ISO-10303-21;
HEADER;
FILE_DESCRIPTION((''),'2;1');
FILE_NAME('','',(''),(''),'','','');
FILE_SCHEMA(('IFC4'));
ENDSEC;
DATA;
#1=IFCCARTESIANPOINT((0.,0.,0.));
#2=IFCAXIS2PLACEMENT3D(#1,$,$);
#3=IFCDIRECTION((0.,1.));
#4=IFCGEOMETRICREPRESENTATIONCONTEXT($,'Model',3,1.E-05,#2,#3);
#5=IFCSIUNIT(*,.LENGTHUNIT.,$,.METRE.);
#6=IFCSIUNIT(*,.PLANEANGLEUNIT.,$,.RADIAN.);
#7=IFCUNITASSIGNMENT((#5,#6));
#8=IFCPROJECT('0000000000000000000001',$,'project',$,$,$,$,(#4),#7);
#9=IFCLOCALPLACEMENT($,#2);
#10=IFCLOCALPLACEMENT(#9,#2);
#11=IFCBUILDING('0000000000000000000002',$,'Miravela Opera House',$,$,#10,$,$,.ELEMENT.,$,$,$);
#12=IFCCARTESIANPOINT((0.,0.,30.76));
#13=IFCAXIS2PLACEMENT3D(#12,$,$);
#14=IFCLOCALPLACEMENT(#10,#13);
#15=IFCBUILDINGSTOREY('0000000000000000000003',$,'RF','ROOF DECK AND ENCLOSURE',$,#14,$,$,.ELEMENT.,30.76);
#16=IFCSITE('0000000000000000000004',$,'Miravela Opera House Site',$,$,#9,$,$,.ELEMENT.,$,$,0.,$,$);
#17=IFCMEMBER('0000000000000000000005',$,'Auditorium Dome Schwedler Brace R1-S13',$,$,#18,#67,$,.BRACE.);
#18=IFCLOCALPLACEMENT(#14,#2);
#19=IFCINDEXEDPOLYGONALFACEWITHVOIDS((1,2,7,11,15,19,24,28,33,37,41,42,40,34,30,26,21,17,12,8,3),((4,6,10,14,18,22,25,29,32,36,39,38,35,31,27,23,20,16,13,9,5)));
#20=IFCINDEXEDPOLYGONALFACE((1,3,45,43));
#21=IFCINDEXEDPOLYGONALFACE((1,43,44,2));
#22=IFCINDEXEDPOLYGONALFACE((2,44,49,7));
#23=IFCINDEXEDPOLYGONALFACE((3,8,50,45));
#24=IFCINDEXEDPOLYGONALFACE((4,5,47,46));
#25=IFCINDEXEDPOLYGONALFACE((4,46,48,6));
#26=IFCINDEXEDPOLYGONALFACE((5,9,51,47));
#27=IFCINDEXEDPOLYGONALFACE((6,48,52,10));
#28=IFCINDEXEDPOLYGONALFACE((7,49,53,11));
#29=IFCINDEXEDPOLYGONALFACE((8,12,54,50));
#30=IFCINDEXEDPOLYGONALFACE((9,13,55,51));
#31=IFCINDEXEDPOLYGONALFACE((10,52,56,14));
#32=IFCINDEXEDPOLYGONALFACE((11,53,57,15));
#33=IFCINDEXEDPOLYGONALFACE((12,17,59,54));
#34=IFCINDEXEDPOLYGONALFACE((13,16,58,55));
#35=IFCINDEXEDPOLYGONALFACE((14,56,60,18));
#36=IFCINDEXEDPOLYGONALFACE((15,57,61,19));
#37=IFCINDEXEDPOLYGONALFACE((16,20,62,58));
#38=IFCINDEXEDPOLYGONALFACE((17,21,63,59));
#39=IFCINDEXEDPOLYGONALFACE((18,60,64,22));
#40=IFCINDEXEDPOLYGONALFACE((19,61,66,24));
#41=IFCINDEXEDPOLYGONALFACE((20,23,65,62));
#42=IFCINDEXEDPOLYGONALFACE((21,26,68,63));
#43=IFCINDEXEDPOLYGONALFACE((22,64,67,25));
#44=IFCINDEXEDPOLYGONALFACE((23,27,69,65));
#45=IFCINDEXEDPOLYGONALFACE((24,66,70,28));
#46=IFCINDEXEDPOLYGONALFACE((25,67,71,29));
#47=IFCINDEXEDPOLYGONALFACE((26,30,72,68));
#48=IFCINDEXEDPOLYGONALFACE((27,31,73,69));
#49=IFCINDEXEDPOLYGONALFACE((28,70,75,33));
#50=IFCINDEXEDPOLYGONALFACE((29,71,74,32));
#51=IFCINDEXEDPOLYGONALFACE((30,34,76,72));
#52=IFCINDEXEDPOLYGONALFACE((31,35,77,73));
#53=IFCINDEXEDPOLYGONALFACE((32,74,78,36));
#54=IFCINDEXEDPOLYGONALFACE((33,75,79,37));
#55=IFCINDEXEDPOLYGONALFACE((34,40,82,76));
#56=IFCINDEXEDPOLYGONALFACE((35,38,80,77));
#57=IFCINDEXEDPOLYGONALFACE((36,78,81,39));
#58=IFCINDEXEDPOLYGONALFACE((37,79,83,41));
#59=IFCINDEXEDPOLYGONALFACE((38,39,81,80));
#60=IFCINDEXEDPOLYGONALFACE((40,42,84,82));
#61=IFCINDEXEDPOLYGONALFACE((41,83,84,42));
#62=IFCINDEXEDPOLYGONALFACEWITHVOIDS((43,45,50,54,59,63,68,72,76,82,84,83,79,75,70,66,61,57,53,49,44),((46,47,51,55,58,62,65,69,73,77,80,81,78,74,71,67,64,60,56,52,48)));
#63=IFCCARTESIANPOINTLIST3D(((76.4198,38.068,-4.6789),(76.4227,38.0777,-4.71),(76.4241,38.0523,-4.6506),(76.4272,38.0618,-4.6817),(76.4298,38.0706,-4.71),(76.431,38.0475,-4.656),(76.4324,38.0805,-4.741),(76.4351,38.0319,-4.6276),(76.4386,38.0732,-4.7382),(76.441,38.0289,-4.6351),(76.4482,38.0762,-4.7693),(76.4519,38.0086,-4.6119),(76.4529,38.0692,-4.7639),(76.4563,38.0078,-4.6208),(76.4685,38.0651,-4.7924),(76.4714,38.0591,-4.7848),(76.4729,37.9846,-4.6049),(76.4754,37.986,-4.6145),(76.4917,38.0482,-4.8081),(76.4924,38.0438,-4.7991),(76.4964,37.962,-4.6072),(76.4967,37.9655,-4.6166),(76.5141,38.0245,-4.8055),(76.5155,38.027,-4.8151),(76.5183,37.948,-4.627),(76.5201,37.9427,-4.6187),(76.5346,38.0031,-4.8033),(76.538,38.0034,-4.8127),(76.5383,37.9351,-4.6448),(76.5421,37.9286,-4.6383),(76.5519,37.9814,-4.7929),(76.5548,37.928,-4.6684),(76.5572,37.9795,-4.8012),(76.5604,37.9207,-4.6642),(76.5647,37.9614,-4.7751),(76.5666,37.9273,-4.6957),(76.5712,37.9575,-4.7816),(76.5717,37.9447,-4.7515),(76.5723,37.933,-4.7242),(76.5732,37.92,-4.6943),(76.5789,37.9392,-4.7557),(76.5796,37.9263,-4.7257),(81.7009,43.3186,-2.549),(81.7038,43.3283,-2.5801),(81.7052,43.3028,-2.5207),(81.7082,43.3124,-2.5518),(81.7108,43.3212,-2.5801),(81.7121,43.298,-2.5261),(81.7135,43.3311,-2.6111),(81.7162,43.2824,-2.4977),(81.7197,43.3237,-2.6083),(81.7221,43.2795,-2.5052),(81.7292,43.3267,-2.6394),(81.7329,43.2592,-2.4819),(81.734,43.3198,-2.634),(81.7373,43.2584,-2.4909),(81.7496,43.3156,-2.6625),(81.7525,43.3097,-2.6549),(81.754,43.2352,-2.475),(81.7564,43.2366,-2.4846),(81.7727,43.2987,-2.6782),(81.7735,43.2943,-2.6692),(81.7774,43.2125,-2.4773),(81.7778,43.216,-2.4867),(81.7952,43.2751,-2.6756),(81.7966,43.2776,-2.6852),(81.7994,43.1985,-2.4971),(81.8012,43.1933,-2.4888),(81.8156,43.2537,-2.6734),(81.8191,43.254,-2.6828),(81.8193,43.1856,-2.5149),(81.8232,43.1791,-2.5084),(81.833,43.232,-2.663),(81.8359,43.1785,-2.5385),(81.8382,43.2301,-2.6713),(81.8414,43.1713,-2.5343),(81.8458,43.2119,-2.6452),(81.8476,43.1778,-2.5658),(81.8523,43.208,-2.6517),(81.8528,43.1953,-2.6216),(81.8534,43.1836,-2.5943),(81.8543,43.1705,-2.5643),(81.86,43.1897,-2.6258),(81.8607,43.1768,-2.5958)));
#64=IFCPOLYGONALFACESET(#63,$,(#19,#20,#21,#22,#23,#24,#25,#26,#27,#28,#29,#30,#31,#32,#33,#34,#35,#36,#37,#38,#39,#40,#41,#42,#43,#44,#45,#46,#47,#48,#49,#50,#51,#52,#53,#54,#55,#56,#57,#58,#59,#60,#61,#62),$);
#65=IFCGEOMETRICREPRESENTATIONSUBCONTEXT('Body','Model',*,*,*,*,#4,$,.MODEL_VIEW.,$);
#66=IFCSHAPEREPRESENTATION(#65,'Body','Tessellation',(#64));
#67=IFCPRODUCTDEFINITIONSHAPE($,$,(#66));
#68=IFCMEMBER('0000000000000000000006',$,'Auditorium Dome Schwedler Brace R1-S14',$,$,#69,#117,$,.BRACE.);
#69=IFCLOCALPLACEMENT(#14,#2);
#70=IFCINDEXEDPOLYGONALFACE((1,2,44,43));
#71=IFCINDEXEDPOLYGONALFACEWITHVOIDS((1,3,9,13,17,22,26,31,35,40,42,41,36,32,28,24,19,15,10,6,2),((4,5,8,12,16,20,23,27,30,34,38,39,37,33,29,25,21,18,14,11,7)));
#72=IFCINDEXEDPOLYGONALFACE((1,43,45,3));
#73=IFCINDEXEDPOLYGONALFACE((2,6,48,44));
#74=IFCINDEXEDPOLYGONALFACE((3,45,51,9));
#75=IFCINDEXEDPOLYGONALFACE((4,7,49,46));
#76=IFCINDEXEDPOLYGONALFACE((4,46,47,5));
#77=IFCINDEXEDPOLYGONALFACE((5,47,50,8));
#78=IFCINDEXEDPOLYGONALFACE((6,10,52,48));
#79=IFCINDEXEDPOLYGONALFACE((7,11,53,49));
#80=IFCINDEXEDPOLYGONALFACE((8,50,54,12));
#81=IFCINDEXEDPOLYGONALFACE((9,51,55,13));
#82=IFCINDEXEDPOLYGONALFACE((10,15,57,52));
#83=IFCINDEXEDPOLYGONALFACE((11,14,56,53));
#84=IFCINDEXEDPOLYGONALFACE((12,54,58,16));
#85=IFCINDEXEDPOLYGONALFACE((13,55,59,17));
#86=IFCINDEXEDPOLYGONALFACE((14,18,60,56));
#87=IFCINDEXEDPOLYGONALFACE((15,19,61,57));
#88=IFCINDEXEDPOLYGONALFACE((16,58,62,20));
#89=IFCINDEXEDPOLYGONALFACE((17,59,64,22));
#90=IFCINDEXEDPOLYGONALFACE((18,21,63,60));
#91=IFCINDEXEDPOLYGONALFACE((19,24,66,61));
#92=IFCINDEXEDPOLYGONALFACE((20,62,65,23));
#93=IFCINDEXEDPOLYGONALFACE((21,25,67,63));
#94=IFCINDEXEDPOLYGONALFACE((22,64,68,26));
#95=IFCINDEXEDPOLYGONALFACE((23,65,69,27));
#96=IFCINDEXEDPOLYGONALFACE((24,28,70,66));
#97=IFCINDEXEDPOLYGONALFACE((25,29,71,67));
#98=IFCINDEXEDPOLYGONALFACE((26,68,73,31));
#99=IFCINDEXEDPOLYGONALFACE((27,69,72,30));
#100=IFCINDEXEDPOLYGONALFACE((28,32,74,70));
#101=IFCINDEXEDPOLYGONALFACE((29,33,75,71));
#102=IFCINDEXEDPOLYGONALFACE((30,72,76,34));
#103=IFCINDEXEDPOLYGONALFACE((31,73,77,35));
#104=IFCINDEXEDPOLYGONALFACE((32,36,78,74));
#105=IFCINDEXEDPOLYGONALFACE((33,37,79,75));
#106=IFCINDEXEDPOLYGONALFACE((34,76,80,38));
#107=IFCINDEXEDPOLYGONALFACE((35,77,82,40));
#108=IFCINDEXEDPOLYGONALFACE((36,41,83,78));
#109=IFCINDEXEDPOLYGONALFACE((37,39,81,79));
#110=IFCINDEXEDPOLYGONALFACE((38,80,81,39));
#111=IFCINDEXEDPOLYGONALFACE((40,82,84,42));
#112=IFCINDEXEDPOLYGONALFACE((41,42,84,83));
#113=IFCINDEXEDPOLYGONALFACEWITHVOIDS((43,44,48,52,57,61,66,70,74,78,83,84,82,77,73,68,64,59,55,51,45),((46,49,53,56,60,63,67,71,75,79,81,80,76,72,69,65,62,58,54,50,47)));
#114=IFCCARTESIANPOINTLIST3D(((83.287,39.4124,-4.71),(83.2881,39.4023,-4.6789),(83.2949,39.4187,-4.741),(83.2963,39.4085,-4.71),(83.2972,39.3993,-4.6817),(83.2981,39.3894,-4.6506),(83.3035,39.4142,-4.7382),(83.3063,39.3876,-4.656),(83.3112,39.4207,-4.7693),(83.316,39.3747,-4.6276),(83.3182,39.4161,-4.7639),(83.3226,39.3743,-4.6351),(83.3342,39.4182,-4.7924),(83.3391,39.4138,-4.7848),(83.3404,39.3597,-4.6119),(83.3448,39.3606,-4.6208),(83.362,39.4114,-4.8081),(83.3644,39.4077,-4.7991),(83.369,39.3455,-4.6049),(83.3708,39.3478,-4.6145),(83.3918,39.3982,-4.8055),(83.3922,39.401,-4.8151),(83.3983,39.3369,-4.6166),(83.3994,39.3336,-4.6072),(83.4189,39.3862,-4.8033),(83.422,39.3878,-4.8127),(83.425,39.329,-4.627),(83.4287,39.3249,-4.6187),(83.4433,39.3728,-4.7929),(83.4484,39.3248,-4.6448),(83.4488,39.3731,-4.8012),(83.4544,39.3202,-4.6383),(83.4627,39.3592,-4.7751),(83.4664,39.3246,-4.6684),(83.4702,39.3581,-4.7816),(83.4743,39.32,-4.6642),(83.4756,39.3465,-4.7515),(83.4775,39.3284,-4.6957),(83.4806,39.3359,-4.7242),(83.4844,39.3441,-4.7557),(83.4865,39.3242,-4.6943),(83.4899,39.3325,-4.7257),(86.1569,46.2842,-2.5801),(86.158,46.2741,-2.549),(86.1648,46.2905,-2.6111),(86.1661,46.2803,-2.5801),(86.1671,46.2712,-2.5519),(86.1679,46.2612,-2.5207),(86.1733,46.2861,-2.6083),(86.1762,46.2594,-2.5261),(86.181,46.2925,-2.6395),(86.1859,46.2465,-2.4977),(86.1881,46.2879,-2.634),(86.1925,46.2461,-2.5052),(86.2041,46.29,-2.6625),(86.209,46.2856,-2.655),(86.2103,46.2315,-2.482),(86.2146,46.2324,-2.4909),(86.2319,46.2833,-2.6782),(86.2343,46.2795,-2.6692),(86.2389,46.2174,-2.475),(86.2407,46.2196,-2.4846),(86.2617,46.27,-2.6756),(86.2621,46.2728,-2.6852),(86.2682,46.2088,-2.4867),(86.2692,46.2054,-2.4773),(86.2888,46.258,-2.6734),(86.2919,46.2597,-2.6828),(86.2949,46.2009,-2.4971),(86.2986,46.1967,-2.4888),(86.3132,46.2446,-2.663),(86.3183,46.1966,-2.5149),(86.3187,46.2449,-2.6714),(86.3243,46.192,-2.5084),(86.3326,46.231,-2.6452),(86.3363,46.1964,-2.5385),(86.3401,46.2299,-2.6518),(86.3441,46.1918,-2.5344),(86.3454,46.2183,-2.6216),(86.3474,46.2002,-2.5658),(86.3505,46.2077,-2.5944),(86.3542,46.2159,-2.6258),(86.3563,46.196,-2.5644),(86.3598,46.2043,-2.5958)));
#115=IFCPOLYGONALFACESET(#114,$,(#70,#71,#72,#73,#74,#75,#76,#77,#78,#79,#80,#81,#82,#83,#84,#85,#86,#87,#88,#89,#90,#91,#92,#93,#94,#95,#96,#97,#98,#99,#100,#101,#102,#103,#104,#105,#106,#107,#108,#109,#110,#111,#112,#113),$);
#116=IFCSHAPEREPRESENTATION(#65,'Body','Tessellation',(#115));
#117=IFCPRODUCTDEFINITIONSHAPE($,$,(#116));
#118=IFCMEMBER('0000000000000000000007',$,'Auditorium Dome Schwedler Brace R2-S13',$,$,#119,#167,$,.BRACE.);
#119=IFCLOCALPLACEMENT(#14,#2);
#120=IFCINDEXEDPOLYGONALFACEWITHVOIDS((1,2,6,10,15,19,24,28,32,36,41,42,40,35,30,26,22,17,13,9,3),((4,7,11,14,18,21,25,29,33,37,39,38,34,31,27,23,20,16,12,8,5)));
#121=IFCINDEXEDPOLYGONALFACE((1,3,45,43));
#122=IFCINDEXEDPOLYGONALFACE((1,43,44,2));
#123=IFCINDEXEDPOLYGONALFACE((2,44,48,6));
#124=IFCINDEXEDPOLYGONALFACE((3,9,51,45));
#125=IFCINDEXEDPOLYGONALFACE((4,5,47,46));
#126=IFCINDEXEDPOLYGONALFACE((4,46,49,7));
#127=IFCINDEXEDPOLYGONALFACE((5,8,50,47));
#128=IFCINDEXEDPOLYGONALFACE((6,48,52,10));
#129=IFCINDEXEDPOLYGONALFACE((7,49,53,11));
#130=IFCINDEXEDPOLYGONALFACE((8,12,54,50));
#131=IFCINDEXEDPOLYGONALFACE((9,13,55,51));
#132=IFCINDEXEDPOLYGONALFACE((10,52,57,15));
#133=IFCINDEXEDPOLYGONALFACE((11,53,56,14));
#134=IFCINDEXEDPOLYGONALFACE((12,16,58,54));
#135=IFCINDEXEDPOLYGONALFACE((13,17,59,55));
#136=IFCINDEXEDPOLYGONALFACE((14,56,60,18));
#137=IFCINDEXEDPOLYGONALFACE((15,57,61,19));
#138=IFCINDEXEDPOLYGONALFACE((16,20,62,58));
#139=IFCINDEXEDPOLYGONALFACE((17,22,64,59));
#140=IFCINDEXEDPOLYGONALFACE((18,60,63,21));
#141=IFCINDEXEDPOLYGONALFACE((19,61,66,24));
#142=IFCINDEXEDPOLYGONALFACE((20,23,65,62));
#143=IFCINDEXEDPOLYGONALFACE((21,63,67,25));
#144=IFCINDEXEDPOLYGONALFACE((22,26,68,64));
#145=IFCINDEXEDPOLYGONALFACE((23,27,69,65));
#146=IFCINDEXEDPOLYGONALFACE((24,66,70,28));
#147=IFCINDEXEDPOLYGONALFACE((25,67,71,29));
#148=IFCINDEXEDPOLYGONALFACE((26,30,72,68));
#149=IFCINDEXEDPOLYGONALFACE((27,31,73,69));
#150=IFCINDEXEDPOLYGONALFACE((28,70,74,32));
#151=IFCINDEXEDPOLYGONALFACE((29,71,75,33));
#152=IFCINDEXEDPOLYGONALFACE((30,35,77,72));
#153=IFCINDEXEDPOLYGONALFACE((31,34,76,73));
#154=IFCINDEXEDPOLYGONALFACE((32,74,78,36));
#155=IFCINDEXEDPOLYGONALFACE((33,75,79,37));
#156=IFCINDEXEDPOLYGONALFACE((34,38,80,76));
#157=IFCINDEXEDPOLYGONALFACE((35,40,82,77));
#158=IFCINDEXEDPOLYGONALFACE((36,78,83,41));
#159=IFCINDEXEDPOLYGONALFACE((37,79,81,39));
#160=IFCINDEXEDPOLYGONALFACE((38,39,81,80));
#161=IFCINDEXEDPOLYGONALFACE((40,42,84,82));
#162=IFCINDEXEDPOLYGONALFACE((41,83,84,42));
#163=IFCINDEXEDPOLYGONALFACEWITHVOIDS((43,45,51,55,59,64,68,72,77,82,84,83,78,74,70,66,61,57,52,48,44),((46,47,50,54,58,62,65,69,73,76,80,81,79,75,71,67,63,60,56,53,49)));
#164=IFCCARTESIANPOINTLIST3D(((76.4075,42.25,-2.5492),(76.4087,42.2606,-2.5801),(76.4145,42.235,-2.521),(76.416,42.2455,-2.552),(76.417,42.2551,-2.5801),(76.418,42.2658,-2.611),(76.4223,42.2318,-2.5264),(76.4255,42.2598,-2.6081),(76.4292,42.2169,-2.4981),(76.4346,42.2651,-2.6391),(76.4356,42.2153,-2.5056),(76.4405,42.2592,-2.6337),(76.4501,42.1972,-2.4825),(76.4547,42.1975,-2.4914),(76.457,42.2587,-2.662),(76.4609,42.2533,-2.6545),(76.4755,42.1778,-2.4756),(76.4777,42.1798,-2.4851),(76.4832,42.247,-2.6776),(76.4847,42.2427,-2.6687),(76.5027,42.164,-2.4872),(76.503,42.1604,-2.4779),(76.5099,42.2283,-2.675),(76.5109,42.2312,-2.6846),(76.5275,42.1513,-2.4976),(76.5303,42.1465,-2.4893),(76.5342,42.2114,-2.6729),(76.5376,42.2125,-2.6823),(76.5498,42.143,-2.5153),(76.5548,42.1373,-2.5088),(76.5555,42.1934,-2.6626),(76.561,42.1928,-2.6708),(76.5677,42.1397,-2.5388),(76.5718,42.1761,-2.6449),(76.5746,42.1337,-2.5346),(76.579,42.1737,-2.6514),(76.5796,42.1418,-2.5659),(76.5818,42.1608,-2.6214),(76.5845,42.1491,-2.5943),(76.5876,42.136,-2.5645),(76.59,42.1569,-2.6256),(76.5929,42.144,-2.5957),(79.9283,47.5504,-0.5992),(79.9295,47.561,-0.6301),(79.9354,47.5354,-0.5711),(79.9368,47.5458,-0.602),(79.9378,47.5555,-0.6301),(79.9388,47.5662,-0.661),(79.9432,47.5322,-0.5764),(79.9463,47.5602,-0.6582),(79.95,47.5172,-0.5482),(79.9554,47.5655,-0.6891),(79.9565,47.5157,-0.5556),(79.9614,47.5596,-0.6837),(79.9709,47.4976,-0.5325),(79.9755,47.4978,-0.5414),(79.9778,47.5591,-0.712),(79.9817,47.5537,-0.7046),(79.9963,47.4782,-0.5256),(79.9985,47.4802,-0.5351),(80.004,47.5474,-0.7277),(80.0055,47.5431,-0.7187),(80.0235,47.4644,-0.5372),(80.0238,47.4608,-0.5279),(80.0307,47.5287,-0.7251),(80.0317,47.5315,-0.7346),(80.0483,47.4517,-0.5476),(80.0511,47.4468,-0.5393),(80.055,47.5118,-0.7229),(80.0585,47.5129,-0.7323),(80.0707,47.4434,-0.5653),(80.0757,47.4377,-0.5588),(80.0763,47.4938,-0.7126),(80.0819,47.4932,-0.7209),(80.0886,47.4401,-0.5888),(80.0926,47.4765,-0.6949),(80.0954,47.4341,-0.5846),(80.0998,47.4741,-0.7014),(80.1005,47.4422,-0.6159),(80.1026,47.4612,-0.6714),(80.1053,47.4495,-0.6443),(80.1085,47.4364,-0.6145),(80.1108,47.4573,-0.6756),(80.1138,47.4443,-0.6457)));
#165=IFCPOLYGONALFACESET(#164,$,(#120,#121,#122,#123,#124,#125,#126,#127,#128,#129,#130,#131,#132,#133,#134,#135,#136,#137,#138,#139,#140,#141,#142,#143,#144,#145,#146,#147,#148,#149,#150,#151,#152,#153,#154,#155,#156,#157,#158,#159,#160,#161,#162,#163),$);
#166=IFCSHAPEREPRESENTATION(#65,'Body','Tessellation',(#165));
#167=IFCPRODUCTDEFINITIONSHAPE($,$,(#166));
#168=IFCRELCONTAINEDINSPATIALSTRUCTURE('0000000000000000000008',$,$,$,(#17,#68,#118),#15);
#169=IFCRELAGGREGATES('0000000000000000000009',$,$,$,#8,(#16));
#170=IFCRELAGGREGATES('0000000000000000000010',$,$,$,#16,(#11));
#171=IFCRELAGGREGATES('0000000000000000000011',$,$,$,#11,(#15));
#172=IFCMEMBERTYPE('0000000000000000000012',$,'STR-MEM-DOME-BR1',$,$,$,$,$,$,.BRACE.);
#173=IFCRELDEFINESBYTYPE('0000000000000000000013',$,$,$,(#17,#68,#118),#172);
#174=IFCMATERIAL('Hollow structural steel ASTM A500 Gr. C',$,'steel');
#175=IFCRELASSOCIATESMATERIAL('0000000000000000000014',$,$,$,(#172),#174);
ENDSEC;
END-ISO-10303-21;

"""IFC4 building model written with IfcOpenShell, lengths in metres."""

from ifc_helpers import new_model, si_unit, direction, frame, origin, origin_2d, place, context, subcontext, project, spatial, hollow_circle, extrude, material, material_profile, profile_set, type_object, element, save


model = new_model("IFC4")

# Units and contexts
model_context = context("Model", 3, precision=1e-05, world=origin(), true_north=direction((0.0, 1.0)))
body_context = subcontext(model_context, "Body", "Model", "MODEL_VIEW")
ifc_project = project(units=[si_unit("LENGTHUNIT", "METRE"), si_unit("PLANEANGLEUNIT", "RADIAN")], contexts=[model_context])

# Site, building, storey
site_placement = place(None, origin())
site = spatial("IfcSite", under=ifc_project, at=site_placement, Name="Miravela Opera House Site", CompositionType="ELEMENT", RefElevation=0.0)
building_placement = place(site_placement, origin())
building = spatial("IfcBuilding", under=site, at=building_placement, Name="Miravela Opera House", CompositionType="ELEMENT")
storey_placement = place(building_placement, frame((0.0, 0.0, 30.76)))
storey = spatial("IfcBuildingStorey", under=building, at=storey_placement, Name="RF", Description="ROOF DECK AND ENCLOSURE", CompositionType="ELEMENT", Elevation=30.76)

# Members
ifc_material_1 = material(Name="Hollow structural steel ASTM A500 Gr. C", Category="steel")
ifc_material_profile_1 = material_profile(ifc_material_1, hollow_circle(Radius=0.1096, WallThickness=0.01, at=origin_2d()), Name="CHS219X10")
ifc_profile_set_1 = profile_set([ifc_material_profile_1])
member_type_1 = type_object("IfcMemberType", Name="STR-MEM-DOME-BR1", PredefinedType="BRACE", material=ifc_profile_set_1)
for number, where, z_axis, x_axis, name in (
    (1, (76.5, 38.0, -4.71), (0.681814, 0.677874, 0.274983), (-0.705055, 0.709153, 0.0), "Auditorium Dome Schwedler Brace R1-S13"),
    (2, (83.3882, 39.3701, -4.71), (0.370516, 0.887189, 0.274979), (-0.922761, 0.385372, 0.0), "Auditorium Dome Schwedler Brace R1-S14"),
):
    element("IfcMember", number, at=place(storey_placement, frame(where, z_axis=z_axis, x_axis=x_axis)), inside=storey, type_object=member_type_1, Name=name, PredefinedType="BRACE", context=body_context, shape_type="SweptSolid", body=[
        extrude(hollow_circle(Radius=0.1096, WallThickness=0.01, at=origin_2d()), origin(), (0.0, 0.0, 1.0), 7.7456),
    ])
member_1_placement = place(storey_placement, frame((76.5, 42.2, -2.5801), z_axis=(0.529026, 0.796419, 0.292999), x_axis=(-0.832976, 0.553309, 0.0)))
element("IfcMember", 3, at=member_1_placement, inside=storey, type_object=member_type_1, Name="Auditorium Dome Schwedler Brace R2-S13", PredefinedType="BRACE", context=body_context, shape_type="SweptSolid", body=[
    extrude(hollow_circle(Radius=0.1096, WallThickness=0.01, at=origin_2d()), origin(), (0.0, 0.0, 1.0), 6.6553),
])

save(model, "model.ifc")
